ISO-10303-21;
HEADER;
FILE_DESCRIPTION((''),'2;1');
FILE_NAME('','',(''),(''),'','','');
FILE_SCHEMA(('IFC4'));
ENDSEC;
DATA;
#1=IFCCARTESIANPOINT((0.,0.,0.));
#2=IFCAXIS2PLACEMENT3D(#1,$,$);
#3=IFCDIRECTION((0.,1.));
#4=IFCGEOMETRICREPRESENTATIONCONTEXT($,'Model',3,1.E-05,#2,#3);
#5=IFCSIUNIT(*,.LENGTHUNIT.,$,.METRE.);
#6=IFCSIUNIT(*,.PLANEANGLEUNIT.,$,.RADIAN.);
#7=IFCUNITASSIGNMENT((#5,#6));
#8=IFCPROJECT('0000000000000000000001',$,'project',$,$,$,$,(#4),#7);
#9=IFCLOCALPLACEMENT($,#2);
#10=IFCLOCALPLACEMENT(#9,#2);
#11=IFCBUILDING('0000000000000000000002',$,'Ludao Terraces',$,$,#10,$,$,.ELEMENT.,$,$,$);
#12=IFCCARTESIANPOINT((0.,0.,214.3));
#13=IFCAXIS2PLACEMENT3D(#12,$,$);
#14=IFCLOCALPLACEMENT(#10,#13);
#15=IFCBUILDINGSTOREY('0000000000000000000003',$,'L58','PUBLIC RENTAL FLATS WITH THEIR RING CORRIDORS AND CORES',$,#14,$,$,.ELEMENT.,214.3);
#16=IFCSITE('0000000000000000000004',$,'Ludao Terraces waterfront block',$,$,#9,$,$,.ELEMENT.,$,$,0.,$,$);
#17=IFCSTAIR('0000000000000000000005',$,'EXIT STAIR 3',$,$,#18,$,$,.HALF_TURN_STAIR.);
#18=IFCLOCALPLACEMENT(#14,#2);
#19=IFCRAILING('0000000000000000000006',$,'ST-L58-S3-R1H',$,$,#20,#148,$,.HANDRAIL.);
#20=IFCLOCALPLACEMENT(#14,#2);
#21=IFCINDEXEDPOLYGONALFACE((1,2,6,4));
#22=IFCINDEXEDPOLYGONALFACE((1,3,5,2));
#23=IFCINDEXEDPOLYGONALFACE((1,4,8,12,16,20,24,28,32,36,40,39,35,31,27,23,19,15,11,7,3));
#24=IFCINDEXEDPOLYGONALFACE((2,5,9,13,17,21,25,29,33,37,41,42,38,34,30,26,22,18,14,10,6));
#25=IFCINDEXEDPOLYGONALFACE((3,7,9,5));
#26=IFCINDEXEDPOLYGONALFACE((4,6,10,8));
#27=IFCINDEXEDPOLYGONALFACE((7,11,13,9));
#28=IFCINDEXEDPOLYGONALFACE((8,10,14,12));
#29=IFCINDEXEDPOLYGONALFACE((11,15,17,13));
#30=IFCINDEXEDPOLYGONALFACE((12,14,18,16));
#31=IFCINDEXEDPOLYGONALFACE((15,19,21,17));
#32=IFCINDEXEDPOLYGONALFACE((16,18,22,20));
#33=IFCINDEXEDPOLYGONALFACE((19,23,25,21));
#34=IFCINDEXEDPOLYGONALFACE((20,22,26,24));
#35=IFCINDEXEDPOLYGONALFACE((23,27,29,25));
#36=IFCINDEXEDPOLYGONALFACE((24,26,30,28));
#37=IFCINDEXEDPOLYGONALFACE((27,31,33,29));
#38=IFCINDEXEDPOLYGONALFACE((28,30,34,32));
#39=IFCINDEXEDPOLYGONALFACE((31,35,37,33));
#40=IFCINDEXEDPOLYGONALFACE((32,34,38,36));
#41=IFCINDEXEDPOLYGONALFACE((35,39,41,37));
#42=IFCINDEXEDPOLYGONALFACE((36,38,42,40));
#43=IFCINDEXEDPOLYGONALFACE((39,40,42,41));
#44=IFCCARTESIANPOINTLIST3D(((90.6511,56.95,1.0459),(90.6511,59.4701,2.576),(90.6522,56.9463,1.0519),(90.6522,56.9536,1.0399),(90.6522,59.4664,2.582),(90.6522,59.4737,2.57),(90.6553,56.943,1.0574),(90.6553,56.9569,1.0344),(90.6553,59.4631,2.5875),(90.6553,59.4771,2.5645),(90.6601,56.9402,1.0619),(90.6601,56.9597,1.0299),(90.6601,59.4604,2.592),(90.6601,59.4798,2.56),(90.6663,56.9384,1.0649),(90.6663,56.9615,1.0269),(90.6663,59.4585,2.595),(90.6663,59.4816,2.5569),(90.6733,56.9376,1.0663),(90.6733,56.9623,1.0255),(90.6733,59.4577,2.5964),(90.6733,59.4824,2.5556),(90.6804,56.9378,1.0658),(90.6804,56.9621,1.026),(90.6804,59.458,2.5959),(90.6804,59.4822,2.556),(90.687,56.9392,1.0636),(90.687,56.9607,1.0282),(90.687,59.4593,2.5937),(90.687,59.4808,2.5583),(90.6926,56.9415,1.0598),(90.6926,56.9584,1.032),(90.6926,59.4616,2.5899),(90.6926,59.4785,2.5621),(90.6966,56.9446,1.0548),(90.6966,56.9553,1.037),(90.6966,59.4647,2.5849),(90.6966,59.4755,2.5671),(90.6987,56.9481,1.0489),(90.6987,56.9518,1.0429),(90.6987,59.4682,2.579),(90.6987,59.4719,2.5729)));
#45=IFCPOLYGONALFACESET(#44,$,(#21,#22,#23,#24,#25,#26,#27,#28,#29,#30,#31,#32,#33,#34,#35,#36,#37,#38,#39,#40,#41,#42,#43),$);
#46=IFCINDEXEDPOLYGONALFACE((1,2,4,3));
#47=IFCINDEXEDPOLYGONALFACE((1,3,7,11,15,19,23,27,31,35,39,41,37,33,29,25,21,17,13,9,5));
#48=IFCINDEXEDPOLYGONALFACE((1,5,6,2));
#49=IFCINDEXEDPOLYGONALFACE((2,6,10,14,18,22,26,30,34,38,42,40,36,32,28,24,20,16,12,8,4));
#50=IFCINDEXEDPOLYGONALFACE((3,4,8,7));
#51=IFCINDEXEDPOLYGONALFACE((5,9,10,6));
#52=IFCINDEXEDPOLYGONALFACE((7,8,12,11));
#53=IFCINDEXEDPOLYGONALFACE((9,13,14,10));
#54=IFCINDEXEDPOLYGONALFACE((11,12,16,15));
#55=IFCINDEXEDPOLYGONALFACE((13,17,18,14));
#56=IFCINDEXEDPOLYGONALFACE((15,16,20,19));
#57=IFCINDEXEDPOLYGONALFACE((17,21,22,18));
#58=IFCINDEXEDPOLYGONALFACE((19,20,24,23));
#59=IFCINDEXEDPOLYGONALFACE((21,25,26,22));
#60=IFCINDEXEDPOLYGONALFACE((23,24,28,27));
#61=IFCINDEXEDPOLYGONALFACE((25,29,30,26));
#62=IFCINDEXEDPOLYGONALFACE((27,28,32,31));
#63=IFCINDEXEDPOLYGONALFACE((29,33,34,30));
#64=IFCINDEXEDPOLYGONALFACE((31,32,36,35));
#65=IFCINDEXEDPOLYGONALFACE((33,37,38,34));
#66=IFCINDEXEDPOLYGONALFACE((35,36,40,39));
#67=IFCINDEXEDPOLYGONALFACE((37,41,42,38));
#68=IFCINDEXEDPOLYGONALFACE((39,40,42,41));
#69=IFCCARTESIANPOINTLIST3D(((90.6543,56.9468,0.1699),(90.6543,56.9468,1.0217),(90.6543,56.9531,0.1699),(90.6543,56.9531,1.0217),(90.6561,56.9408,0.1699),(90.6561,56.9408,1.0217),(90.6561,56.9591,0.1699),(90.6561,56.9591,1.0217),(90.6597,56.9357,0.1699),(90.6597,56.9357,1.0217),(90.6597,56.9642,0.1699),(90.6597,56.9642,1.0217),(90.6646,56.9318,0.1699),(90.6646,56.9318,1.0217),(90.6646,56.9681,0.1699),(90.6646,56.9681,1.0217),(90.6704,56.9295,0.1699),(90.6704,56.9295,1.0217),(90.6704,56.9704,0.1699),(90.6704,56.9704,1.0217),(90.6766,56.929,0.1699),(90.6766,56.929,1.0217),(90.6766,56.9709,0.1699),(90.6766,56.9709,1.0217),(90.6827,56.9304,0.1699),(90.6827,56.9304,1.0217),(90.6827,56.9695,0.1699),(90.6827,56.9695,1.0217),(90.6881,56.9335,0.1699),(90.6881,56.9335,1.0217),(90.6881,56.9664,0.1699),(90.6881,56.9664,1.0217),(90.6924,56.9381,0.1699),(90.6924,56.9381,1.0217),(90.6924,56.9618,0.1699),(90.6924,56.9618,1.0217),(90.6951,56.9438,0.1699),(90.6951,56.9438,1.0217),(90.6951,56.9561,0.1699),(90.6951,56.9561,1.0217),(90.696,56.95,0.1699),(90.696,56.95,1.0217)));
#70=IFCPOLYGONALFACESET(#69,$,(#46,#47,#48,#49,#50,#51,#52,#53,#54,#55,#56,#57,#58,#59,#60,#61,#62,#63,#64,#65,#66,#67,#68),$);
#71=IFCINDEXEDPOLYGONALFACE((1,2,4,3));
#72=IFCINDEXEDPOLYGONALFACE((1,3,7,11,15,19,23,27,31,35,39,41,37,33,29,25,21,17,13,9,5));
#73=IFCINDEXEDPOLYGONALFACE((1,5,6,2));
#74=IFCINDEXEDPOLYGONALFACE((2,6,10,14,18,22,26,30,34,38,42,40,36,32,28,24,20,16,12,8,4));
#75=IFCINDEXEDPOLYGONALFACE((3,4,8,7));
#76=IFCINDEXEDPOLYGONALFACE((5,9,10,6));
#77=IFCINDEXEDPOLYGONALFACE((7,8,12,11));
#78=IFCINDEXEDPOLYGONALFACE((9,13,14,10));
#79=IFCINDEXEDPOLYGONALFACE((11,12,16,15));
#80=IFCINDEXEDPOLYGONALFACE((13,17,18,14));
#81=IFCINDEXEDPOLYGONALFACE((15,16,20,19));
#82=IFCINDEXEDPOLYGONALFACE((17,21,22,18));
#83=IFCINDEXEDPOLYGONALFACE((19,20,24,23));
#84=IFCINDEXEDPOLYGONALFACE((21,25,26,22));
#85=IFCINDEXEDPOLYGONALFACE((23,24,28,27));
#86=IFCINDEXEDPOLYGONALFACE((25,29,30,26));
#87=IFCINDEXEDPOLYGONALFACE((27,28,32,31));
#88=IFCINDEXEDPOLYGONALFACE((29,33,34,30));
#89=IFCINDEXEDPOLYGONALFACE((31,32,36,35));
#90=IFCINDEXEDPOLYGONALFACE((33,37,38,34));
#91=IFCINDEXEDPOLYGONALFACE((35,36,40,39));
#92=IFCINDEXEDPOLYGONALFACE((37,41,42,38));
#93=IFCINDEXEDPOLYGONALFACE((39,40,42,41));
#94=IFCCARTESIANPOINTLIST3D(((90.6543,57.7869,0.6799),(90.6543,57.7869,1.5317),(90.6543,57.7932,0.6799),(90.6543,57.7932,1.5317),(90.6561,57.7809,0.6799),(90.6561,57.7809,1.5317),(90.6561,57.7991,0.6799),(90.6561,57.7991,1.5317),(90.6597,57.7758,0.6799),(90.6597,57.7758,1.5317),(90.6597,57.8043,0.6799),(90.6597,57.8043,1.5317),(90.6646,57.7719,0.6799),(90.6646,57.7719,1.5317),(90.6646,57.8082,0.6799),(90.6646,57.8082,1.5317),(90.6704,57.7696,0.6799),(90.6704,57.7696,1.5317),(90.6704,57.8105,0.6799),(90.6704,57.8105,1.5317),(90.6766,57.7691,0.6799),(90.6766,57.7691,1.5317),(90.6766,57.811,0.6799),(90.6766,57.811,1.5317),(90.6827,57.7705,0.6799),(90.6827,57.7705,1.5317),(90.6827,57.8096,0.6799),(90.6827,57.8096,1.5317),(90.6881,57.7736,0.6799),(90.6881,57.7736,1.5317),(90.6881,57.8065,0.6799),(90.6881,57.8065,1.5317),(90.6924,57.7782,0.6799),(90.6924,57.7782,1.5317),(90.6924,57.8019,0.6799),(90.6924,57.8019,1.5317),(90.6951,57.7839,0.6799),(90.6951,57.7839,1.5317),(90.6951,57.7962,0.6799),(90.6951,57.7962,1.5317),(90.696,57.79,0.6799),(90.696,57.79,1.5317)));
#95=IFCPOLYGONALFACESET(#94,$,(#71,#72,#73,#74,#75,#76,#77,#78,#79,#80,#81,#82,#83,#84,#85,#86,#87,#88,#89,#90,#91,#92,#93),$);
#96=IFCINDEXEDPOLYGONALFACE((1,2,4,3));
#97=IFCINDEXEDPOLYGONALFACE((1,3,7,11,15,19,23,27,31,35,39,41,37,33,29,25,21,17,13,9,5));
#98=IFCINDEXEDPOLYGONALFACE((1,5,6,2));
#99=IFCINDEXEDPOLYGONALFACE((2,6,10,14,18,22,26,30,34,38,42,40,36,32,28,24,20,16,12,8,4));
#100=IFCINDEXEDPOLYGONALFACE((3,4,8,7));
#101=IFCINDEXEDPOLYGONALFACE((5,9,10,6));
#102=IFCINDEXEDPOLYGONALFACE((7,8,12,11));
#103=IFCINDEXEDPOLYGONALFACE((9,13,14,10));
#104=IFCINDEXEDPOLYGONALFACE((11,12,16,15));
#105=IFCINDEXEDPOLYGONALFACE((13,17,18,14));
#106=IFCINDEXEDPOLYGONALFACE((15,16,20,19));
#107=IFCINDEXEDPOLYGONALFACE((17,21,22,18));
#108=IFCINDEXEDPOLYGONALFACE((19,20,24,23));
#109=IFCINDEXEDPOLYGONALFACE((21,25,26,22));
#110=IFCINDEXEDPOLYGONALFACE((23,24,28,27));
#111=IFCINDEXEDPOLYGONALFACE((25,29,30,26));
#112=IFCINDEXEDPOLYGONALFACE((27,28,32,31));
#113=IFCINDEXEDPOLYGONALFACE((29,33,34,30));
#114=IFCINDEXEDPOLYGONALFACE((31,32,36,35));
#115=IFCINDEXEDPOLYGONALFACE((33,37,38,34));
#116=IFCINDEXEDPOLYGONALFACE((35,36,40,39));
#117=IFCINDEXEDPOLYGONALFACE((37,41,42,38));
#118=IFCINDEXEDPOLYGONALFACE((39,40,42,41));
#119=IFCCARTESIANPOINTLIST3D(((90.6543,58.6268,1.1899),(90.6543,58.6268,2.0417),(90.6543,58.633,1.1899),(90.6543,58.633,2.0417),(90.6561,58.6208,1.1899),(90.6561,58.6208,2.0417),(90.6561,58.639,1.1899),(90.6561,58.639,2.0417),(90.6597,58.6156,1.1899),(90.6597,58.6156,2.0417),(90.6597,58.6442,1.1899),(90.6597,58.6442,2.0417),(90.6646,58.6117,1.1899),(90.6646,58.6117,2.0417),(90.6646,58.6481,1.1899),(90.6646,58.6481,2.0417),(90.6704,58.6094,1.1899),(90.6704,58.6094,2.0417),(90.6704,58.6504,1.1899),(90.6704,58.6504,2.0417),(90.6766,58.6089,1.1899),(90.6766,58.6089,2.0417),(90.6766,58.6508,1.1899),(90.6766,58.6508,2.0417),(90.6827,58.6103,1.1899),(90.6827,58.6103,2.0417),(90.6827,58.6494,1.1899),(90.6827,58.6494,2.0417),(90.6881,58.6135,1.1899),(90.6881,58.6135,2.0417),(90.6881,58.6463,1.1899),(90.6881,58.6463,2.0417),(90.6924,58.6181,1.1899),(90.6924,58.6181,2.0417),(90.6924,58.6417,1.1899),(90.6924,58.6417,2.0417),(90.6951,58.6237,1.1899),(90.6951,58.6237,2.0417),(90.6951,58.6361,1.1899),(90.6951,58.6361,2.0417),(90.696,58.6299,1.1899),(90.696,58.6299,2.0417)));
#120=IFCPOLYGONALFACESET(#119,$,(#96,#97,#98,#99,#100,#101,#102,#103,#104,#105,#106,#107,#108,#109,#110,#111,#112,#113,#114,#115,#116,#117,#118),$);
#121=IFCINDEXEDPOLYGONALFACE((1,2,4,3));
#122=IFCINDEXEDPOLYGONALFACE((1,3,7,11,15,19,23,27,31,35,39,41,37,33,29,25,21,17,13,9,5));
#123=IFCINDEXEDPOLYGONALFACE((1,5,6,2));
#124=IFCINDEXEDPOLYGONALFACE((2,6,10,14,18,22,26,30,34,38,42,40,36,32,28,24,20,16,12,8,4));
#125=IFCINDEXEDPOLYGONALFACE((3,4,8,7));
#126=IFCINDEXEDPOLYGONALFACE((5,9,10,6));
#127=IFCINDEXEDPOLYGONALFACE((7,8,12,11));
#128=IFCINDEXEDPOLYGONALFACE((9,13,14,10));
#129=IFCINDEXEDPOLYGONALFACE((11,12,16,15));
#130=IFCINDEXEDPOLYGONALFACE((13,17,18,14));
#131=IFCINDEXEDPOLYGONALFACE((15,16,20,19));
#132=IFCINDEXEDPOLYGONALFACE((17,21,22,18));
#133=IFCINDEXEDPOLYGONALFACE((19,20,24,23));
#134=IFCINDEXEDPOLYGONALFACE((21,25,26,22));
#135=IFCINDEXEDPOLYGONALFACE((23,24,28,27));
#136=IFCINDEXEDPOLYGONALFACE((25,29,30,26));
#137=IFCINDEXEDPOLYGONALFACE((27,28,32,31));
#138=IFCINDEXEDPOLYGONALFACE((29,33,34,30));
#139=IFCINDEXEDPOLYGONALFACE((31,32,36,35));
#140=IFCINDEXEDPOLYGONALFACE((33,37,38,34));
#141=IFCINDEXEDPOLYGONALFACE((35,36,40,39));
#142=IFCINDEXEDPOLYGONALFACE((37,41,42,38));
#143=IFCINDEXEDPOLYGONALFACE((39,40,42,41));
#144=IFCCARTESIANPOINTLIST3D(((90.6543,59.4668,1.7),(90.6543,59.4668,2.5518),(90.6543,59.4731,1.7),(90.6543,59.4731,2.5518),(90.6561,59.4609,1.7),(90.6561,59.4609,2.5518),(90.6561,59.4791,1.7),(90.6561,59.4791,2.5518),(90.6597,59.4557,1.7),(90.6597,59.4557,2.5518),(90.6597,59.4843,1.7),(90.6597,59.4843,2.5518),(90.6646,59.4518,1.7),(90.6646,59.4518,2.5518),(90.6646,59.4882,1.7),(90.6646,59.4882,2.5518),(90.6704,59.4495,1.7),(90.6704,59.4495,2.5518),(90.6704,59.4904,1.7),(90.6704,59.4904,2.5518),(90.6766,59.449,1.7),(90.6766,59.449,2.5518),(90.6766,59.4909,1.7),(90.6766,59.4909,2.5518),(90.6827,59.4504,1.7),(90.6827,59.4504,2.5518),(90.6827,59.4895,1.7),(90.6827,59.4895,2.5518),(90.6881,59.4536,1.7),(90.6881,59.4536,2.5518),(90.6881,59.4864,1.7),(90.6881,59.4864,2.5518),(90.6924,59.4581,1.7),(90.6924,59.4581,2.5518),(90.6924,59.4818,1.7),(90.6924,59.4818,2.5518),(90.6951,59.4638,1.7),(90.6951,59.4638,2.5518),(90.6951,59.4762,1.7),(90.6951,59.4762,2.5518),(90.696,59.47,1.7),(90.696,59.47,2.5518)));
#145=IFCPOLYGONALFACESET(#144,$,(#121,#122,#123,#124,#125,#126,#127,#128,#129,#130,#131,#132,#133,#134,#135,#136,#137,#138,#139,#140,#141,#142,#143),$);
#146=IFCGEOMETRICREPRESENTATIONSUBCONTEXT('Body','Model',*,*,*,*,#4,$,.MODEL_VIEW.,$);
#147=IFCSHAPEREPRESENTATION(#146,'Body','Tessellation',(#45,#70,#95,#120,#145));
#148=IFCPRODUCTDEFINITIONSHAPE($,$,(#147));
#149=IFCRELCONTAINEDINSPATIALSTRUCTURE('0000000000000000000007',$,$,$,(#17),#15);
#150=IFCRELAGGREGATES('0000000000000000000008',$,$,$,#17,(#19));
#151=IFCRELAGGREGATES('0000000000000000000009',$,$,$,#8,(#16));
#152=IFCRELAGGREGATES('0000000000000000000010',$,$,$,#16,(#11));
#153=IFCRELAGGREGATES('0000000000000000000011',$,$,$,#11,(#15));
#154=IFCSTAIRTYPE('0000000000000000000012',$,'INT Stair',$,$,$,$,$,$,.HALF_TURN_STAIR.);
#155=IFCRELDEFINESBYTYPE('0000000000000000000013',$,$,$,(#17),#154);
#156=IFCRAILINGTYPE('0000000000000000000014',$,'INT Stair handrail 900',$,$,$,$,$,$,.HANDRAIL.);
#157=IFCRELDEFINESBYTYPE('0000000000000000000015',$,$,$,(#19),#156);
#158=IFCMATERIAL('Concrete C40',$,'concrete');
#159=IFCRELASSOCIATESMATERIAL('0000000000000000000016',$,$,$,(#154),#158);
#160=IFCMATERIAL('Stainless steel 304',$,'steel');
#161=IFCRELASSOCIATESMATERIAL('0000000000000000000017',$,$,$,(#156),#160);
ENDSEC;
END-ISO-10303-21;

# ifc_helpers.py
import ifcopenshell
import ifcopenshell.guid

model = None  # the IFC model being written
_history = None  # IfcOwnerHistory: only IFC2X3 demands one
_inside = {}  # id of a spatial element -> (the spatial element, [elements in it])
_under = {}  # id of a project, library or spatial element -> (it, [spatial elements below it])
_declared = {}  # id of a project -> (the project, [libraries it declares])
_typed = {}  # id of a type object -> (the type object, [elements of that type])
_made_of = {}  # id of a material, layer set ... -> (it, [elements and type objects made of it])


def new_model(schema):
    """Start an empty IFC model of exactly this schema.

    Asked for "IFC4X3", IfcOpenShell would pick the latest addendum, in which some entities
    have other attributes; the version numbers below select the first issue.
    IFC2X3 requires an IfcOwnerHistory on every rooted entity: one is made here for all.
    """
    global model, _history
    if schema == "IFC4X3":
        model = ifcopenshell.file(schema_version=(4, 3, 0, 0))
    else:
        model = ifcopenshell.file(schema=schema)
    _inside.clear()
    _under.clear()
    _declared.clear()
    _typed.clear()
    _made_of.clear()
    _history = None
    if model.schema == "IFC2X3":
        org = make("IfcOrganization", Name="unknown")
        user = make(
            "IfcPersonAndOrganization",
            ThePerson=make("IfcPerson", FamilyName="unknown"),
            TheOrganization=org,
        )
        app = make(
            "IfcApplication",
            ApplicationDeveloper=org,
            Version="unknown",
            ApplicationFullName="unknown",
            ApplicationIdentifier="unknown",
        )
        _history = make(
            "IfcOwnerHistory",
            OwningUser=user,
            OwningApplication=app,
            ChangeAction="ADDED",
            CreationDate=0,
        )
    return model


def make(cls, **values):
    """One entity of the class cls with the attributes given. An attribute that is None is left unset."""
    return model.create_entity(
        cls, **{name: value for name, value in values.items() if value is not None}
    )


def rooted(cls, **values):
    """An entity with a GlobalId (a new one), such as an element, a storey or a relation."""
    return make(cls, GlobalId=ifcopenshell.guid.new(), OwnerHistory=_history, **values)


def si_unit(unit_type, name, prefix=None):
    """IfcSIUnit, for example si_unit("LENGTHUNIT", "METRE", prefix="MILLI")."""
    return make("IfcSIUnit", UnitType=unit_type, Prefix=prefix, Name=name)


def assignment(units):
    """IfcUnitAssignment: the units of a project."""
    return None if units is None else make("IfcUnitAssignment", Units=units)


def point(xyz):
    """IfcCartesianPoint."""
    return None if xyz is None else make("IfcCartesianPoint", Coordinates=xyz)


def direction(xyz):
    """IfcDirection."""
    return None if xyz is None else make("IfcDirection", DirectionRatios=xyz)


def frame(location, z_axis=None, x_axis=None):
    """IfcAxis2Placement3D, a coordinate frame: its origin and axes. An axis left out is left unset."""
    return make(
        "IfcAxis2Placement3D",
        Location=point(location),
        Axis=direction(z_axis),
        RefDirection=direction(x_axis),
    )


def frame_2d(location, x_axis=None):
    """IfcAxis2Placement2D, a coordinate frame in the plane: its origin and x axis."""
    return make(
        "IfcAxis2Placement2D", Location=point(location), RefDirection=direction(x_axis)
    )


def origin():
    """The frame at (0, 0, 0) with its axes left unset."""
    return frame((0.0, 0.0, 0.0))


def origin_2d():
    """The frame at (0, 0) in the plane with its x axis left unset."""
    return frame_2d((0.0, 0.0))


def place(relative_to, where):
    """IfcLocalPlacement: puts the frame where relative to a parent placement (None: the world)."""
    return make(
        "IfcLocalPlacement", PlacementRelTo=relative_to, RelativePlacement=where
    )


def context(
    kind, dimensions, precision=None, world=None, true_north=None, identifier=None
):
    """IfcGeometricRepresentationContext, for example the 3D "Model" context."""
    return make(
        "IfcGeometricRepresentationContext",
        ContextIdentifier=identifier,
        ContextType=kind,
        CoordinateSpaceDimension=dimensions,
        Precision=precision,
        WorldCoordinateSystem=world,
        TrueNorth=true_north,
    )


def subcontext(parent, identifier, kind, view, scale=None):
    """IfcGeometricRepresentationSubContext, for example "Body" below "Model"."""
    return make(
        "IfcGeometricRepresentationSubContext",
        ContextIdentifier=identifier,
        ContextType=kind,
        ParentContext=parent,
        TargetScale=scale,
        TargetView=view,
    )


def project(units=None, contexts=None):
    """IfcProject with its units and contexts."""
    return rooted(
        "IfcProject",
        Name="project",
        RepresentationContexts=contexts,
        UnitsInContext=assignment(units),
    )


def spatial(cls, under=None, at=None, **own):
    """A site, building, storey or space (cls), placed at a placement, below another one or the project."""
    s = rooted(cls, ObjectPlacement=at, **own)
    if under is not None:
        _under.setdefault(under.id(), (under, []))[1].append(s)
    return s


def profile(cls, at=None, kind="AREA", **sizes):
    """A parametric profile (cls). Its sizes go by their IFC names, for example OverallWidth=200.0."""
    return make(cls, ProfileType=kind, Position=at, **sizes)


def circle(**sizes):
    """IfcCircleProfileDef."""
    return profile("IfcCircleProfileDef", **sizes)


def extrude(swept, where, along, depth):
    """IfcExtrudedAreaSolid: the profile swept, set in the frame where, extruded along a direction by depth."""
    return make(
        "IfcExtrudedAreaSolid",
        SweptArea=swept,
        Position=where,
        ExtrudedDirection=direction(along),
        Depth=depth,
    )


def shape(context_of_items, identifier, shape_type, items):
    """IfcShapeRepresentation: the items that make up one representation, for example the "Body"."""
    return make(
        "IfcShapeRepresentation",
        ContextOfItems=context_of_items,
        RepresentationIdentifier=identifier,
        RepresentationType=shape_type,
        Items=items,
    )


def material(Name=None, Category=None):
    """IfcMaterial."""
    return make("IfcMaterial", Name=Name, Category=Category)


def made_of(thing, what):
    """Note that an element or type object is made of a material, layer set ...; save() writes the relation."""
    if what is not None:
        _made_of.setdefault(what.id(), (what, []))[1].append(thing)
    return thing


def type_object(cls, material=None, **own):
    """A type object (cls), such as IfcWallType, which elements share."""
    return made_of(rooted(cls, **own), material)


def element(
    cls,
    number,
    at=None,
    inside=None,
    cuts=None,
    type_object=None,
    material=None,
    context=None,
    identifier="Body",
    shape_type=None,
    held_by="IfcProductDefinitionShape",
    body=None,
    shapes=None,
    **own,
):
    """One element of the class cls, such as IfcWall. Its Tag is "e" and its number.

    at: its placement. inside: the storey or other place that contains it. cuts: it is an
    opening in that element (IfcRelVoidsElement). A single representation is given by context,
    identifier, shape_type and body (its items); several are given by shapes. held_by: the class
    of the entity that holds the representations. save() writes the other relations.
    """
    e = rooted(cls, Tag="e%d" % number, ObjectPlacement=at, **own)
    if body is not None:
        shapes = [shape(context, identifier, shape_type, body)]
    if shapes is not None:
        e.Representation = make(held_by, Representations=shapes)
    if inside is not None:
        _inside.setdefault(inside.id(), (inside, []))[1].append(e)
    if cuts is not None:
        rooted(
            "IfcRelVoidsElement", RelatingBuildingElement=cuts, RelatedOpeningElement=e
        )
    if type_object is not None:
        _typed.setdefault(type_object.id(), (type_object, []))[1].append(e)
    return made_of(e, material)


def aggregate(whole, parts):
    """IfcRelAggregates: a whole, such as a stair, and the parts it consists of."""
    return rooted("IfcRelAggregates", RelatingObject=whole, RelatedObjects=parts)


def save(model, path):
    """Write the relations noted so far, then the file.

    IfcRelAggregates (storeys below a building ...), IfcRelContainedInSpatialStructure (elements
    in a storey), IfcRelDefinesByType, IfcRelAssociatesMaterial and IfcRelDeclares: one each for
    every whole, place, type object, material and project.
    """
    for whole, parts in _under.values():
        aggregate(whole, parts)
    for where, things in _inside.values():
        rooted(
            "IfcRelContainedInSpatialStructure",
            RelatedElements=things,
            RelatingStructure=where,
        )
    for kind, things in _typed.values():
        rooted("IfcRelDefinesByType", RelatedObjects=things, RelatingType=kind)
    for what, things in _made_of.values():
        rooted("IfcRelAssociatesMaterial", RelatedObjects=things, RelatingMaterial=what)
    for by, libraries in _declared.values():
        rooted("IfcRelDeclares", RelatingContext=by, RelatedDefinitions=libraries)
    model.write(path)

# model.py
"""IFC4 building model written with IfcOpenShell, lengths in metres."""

from ifc_helpers import new_model, si_unit, direction, frame, origin, origin_2d, place, context, subcontext, project, spatial, circle, extrude, material, type_object, element, aggregate, save


model = new_model("IFC4")

# Units and contexts
model_context = context("Model", 3, precision=1e-05, world=origin(), true_north=direction((0.0, 1.0)))
body_context = subcontext(model_context, "Body", "Model", "MODEL_VIEW")
ifc_project = project(units=[si_unit("LENGTHUNIT", "METRE"), si_unit("PLANEANGLEUNIT", "RADIAN")], contexts=[model_context])

# Site, building, storey
site_placement = place(None, origin())
site = spatial("IfcSite", under=ifc_project, at=site_placement, Name="Ludao Terraces waterfront block", CompositionType="ELEMENT", RefElevation=0.0)
building_placement = place(site_placement, origin())
building = spatial("IfcBuilding", under=site, at=building_placement, Name="Ludao Terraces", CompositionType="ELEMENT")
storey_placement = place(building_placement, frame((0.0, 0.0, 214.3)))
storey = spatial("IfcBuildingStorey", under=building, at=storey_placement, Name="L58", Description="PUBLIC RENTAL FLATS WITH THEIR RING CORRIDORS AND CORES", CompositionType="ELEMENT", Elevation=214.3)

# Shared definitions
ifc_material_1 = material(Name="Concrete C40", Category="concrete")

# Stair, railing
stair_type = type_object("IfcStairType", Name="INT Stair", PredefinedType="HALF_TURN_STAIR", material=ifc_material_1)
stair_placement = place(storey_placement, origin())
stair = element("IfcStair", 1, at=stair_placement, inside=storey, type_object=stair_type, Name="EXIT STAIR 3", PredefinedType="HALF_TURN_STAIR")
ifc_material_2 = material(Name="Stainless steel 304", Category="steel")
railing_type_1 = type_object("IfcRailingType", Name="INT Stair handrail 900", PredefinedType="HANDRAIL", material=ifc_material_2)
railing_1_placement = place(storey_placement, frame((90.675, 56.95, 0.1699)))
railing_1 = element("IfcRailing", 2, at=railing_1_placement, type_object=railing_type_1, Name="ST-L58-S3-R1H", PredefinedType="HANDRAIL", context=body_context, shape_type="SweptSolid", body=[
    extrude(circle(Radius=0.0239, at=origin_2d()), frame((0.0, 0.0, 0.876), z_axis=(0.0, 0.854785, 0.518982), x_axis=(-1.0, 0.0, 0.0)), (0.0, 0.0, 1.0), 2.9482),
    extrude(circle(Radius=0.021, at=origin_2d()), origin(), (0.0, 0.0, 1.0), 0.8518),
    extrude(circle(Radius=0.021, at=origin_2d()), frame((0.0, 0.8401, 0.51)), (0.0, 0.0, 1.0), 0.8518),
    extrude(circle(Radius=0.021, at=origin_2d()), frame((0.0, 1.6799, 1.02)), (0.0, 0.0, 1.0), 0.8518),
    extrude(circle(Radius=0.021, at=origin_2d()), frame((0.0, 2.52, 1.53)), (0.0, 0.0, 1.0), 0.8518),
])
aggregate(stair, [railing_1])

save(model, "model.ifc")
